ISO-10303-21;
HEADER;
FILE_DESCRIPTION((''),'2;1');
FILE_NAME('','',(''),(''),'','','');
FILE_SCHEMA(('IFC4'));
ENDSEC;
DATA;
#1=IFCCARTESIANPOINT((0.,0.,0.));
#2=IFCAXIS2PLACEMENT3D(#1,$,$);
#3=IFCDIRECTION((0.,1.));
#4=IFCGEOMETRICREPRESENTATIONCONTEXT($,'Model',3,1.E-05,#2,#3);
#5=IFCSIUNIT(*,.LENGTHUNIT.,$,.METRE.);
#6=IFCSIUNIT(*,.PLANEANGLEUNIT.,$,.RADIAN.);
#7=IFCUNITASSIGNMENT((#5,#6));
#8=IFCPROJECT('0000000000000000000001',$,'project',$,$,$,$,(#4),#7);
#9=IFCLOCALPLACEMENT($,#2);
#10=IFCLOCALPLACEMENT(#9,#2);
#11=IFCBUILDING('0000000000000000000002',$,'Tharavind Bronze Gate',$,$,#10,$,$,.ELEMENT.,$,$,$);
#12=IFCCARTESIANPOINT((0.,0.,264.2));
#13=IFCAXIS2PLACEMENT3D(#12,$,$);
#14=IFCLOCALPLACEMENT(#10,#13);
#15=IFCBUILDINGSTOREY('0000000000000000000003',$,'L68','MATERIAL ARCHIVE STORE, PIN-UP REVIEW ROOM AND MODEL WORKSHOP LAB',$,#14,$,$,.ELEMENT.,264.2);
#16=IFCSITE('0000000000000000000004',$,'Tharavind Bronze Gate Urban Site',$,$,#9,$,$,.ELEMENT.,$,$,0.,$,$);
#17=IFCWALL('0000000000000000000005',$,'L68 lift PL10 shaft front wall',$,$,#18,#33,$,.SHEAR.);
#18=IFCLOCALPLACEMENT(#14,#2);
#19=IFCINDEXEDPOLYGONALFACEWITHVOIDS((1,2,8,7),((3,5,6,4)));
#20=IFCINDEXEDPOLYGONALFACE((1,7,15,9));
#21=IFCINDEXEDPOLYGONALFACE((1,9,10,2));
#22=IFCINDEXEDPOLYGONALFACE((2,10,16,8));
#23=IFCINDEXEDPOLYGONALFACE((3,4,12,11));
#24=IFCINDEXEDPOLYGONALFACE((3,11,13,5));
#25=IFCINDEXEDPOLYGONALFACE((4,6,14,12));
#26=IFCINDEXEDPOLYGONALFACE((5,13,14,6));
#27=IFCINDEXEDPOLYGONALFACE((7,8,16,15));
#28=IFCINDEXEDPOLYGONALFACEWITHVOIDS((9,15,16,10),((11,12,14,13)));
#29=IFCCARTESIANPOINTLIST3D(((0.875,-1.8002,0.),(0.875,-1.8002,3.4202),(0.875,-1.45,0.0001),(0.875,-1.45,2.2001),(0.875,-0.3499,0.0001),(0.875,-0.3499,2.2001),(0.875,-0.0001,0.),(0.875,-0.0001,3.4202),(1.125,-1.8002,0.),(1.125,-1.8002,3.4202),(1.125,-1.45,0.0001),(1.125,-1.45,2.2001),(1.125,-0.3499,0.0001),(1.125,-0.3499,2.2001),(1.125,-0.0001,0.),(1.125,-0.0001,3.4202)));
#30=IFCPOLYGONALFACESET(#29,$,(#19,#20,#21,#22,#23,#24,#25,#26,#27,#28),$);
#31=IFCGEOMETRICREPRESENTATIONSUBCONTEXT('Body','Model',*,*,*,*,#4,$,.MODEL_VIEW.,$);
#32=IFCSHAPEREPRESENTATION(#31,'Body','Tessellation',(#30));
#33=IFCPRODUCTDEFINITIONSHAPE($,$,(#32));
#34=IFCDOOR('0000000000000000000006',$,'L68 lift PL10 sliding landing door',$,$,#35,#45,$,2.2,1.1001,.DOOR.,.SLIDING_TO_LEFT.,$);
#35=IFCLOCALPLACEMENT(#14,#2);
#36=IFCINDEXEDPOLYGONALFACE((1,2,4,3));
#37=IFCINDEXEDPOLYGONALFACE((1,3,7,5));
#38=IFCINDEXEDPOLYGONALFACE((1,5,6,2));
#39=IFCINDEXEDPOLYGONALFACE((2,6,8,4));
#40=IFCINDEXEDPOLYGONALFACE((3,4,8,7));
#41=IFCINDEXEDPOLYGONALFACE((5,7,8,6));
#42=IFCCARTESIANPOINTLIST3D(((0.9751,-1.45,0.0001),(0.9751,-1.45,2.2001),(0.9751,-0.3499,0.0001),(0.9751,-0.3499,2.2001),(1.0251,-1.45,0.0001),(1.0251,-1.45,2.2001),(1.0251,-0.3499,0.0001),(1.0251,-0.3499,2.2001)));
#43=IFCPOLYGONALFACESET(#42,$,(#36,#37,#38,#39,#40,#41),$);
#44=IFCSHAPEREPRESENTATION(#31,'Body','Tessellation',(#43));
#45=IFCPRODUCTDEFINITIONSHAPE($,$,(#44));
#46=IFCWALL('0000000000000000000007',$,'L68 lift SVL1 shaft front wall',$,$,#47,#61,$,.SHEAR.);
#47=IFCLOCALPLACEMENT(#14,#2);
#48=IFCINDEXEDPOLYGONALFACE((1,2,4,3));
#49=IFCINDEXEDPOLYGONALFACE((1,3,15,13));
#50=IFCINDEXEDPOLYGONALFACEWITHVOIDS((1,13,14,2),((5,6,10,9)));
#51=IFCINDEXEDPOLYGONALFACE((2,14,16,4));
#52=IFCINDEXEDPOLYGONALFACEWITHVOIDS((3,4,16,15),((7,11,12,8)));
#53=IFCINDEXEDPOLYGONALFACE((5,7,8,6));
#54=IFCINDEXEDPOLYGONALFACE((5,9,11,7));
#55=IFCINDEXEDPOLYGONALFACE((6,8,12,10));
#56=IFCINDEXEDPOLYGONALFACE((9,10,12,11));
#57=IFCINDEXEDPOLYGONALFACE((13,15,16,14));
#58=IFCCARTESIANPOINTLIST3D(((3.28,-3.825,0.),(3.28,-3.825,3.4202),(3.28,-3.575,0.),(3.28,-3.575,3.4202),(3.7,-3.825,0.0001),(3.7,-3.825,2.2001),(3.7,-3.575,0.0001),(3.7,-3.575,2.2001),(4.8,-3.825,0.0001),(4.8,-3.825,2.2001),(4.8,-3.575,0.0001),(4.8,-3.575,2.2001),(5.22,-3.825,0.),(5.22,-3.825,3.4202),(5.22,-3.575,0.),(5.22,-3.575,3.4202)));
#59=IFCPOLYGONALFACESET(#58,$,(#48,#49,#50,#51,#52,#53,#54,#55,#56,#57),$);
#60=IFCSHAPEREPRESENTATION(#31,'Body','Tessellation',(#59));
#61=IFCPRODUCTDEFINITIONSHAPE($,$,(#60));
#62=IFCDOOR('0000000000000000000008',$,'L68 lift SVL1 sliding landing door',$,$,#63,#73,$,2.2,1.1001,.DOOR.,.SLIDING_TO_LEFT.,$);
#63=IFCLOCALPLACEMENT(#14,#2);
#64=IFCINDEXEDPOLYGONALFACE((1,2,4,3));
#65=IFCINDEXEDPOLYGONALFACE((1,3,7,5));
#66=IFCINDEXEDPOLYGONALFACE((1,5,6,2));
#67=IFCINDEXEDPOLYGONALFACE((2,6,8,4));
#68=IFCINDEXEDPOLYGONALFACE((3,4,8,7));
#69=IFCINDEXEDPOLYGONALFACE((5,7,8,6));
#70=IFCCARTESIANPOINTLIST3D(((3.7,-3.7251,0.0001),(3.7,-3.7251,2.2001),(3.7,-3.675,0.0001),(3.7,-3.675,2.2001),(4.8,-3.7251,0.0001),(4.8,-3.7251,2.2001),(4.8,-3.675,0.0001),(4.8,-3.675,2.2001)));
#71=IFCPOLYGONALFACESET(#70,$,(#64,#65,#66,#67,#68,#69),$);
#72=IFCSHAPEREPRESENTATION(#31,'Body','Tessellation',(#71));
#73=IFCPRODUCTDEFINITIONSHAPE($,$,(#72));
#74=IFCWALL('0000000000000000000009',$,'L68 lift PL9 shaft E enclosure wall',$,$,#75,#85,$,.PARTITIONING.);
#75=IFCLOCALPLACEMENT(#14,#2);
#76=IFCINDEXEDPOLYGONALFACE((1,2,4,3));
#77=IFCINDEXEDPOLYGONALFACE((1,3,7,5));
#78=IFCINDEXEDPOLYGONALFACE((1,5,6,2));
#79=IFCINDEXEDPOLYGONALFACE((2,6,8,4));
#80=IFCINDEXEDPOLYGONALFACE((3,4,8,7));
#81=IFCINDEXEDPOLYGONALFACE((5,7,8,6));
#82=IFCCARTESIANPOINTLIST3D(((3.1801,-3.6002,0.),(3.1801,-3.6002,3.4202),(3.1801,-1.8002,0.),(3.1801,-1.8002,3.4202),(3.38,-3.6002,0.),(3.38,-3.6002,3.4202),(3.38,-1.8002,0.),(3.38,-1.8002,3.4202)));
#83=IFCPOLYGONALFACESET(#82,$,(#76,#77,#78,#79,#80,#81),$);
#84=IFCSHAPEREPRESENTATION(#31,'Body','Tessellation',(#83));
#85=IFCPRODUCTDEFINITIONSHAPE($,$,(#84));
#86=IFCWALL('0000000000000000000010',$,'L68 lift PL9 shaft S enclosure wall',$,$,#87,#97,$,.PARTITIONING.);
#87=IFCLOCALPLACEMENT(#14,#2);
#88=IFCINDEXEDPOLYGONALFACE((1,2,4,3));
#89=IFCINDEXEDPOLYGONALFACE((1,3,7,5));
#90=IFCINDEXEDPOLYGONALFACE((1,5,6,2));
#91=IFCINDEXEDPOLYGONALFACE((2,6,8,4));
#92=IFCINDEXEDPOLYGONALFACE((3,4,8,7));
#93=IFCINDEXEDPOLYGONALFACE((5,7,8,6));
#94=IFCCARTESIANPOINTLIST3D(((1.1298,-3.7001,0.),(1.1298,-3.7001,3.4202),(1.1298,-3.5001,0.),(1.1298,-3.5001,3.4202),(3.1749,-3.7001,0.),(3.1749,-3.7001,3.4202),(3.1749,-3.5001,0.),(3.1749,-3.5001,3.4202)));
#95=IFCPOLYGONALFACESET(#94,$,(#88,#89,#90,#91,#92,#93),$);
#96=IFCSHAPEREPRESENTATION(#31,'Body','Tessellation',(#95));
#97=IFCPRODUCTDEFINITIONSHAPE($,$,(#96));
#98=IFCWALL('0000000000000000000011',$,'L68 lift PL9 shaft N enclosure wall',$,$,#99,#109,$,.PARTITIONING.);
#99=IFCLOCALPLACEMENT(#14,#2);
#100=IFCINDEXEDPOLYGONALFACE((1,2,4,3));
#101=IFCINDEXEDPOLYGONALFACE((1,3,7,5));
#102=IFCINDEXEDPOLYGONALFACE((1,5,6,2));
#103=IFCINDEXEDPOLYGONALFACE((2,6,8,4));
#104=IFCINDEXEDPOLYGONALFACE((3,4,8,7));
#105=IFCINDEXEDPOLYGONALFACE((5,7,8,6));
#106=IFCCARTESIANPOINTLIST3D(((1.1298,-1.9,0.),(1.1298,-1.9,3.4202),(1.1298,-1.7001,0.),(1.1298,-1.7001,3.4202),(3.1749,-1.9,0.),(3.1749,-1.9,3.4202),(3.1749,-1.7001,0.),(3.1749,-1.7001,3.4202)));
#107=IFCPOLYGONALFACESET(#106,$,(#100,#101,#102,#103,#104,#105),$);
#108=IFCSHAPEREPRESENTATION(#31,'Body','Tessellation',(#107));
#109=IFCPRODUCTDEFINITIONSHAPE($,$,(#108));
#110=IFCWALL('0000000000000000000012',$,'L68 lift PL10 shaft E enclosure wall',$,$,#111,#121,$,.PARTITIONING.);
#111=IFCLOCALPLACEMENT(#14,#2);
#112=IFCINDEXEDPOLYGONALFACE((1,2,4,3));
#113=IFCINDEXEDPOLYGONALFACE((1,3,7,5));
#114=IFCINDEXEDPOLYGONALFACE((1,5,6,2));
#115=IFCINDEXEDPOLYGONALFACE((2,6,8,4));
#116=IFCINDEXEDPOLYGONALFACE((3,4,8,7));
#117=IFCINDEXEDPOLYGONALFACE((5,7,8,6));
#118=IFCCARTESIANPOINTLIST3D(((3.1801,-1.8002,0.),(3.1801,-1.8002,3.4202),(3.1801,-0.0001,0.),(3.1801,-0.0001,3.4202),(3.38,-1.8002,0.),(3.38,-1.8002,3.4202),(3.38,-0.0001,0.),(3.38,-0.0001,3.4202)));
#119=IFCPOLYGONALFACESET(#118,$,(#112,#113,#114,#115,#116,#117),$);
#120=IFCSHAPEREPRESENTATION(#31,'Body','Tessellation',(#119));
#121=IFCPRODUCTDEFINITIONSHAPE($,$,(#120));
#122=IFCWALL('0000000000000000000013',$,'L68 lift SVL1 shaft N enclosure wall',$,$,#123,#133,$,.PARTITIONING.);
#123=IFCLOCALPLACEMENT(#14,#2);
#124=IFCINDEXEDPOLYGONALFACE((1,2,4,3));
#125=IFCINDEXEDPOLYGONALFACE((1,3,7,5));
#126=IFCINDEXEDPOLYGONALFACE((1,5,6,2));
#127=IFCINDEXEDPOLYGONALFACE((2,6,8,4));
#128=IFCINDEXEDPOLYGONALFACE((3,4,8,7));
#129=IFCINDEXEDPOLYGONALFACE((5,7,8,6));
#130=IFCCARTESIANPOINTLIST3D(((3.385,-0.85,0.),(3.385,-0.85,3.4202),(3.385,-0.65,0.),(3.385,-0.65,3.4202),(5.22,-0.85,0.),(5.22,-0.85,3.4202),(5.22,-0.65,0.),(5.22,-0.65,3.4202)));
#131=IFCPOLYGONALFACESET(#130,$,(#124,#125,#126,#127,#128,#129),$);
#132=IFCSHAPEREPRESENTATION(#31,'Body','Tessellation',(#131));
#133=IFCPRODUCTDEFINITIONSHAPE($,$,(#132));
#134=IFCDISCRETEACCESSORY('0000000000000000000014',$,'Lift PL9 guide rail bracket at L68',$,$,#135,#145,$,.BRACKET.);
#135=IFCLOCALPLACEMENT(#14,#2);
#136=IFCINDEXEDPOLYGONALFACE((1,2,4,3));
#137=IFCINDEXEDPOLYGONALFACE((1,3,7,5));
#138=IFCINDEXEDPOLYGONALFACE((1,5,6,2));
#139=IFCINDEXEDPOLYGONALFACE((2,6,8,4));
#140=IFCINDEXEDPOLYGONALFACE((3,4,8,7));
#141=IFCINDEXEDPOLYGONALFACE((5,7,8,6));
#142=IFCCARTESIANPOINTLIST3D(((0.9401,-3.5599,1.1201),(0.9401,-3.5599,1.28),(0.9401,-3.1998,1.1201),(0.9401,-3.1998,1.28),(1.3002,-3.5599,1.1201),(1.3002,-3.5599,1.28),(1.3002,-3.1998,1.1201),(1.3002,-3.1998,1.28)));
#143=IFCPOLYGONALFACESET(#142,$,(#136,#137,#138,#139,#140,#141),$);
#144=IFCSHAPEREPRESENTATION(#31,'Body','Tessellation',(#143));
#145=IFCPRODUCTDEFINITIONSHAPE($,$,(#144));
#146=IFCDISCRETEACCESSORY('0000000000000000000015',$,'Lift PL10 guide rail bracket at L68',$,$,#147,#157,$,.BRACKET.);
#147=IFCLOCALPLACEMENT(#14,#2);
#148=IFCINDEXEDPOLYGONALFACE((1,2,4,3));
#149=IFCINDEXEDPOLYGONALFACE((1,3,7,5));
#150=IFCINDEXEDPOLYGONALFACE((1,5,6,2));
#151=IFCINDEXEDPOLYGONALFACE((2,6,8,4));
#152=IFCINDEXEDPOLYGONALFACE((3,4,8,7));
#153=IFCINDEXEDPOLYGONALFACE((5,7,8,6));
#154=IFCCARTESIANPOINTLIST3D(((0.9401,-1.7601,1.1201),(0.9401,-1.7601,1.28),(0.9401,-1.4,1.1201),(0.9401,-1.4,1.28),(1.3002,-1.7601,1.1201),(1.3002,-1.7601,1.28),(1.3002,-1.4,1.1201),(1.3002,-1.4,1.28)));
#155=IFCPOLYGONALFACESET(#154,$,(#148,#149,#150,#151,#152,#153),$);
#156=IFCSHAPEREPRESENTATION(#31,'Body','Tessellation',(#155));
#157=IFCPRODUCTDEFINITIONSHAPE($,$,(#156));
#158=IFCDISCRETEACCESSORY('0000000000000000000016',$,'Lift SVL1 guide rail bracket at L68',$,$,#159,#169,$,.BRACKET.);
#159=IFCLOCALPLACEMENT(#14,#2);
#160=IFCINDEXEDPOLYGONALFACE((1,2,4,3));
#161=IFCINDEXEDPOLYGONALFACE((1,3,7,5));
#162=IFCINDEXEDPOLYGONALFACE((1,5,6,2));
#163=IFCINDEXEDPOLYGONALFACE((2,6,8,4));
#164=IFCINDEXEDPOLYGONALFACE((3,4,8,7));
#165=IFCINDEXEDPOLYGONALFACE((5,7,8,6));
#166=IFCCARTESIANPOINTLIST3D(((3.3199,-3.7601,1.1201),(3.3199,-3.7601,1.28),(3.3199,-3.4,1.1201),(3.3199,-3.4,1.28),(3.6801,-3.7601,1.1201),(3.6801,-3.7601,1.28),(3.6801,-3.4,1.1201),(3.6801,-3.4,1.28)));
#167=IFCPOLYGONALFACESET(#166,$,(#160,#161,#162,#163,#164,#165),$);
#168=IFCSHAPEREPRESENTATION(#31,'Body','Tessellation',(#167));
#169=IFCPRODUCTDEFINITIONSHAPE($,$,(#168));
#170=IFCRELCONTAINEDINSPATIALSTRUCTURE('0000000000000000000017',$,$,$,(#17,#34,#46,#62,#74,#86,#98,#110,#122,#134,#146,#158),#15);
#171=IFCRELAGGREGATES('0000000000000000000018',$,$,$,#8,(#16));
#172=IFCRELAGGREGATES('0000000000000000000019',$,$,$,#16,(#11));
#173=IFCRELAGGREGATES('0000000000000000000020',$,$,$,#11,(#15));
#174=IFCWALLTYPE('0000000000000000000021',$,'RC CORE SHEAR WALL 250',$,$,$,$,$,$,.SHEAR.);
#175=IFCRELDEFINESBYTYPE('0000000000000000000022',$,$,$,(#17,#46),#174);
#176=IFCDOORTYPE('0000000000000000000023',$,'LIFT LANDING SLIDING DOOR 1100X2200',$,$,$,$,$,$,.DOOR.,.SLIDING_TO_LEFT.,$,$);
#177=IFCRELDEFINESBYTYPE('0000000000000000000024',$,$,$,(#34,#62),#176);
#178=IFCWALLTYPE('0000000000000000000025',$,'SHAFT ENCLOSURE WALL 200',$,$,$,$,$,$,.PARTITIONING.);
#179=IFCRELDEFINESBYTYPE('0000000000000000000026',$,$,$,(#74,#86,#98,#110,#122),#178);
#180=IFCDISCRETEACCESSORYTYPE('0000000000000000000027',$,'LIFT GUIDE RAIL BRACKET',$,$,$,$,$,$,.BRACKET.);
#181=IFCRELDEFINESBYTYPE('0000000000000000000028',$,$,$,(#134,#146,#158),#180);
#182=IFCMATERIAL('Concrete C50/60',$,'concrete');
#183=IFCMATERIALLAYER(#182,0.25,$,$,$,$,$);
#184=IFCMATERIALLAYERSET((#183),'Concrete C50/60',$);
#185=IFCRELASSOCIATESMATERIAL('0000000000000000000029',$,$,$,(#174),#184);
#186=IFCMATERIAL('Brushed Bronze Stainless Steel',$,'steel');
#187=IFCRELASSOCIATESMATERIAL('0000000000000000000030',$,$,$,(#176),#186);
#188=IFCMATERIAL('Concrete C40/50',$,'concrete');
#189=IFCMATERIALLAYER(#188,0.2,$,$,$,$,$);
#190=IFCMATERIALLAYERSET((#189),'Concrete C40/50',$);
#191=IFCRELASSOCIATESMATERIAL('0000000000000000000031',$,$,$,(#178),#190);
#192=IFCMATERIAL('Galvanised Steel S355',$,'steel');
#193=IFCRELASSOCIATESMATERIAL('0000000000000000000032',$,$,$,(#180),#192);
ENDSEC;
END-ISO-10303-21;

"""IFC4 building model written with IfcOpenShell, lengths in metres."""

from ifc_helpers import new_model, si_unit, direction, frame, frame_2d, origin, origin_2d, place, context, subcontext, project, spatial, rectangle, extrude, material, layer, layer_set, type_object, element, fill, save


model = new_model("IFC4")

# Units and contexts
model_context = context("Model", 3, precision=1e-05, world=origin(), true_north=direction((0.0, 1.0)))
body_context = subcontext(model_context, "Body", "Model", "MODEL_VIEW")
ifc_project = project(units=[si_unit("LENGTHUNIT", "METRE"), si_unit("PLANEANGLEUNIT", "RADIAN")], contexts=[model_context])

# Site, building, storey
site_placement = place(None, origin())
site = spatial("IfcSite", under=ifc_project, at=site_placement, Name="Tharavind Bronze Gate Urban Site", CompositionType="ELEMENT", RefElevation=0.0)
building_placement = place(site_placement, origin())
building = spatial("IfcBuilding", under=site, at=building_placement, Name="Tharavind Bronze Gate", CompositionType="ELEMENT")
storey_placement = place(building_placement, frame((0.0, 0.0, 264.2)))
storey = spatial("IfcBuildingStorey", under=building, at=storey_placement, Name="L68", Description="MATERIAL ARCHIVE STORE, PIN-UP REVIEW ROOM AND MODEL WORKSHOP LAB", CompositionType="ELEMENT", Elevation=264.2)

# Shared definitions
ifc_material_1 = material(Name="Concrete C50/60", Category="concrete")
ifc_layer_1 = layer(ifc_material_1, 0.25)
ifc_layer_set_1 = layer_set([ifc_layer_1], Name="Concrete C50/60")
wall_type_1 = type_object("IfcWallType", Name="RC CORE SHEAR WALL 250", PredefinedType="SHEAR", material=ifc_layer_set_1)

# Walls, openings, doors
ifc_material_2 = material(Name="Brushed Bronze Stainless Steel", Category="steel")
door_type = type_object("IfcDoorType", Name="LIFT LANDING SLIDING DOOR 1100X2200", OperationType="SLIDING_TO_LEFT", PredefinedType="DOOR", material=ifc_material_2)
wall_1_placement = place(storey_placement, frame((1.0, -1.8, 0.0), z_axis=(0.0, 0.0, 1.0), x_axis=(0.0, 1.0, 0.0)))
wall_1 = element("IfcWall", 1, at=wall_1_placement, inside=storey, type_object=wall_type_1, Name="L68 lift PL10 shaft front wall", PredefinedType="SHEAR", context=body_context, shape_type="SweptSolid", body=[
    extrude(rectangle(XDim=1.8, YDim=0.25, at=frame_2d((0.8999, 0.0))), origin(), (0.0, 0.0, 1.0), 3.4202),
])
opening_1_placement = place(wall_1_placement, frame((0.3501, 0.0, 0.0)))
opening_1 = element("IfcOpeningElement", 2, at=opening_1_placement, cuts=wall_1, PredefinedType="OPENING", context=body_context, shape_type="SweptSolid", body=[
    extrude(rectangle(XDim=1.1001, YDim=2.2, at=frame_2d((0.55, 1.1001))), frame((0.0, 0.135, 0.0), z_axis=(0.0, -1.0, 0.0), x_axis=(1.0, 0.0, 0.0)), (0.0, 0.0, 1.0), 0.27),
])
door_1_placement = place(opening_1_placement, origin())
door_1 = element("IfcDoor", 3, at=door_1_placement, inside=storey, type_object=door_type, Name="L68 lift PL10 sliding landing door", OperationType="SLIDING_TO_LEFT", OverallHeight=2.2, OverallWidth=1.1001, PredefinedType="DOOR", context=body_context, shape_type="SweptSolid", body=[
    extrude(rectangle(XDim=1.1001, YDim=2.2, at=frame_2d((0.55, 1.1001))), frame((0.0, 0.0249, 0.0), z_axis=(0.0, -1.0, 0.0), x_axis=(1.0, 0.0, 0.0)), (0.0, 0.0, 1.0), 0.05),
])
fill(opening_1, door_1)
wall_2_placement = place(storey_placement, frame((3.28, -3.7, 0.0), z_axis=(0.0, 0.0, 1.0), x_axis=(1.0, 0.0, 0.0)))
wall_2 = element("IfcWall", 4, at=wall_2_placement, inside=storey, type_object=wall_type_1, Name="L68 lift SVL1 shaft front wall", PredefinedType="SHEAR", context=body_context, shape_type="SweptSolid", body=[
    extrude(rectangle(XDim=1.9399, YDim=0.25, at=frame_2d((0.97, 0.0))), origin(), (0.0, 0.0, 1.0), 3.4202),
])
opening_2_placement = place(wall_2_placement, frame((0.4199, 0.0, 0.0)))
opening_2 = element("IfcOpeningElement", 5, at=opening_2_placement, cuts=wall_2, PredefinedType="OPENING", context=body_context, shape_type="SweptSolid", body=[
    extrude(rectangle(XDim=1.1001, YDim=2.2, at=frame_2d((0.55, 1.1001))), frame((0.0, 0.135, 0.0), z_axis=(0.0, -1.0, 0.0), x_axis=(1.0, 0.0, 0.0)), (0.0, 0.0, 1.0), 0.27),
])
door_2_placement = place(opening_2_placement, origin())
door_2 = element("IfcDoor", 6, at=door_2_placement, inside=storey, type_object=door_type, Name="L68 lift SVL1 sliding landing door", OperationType="SLIDING_TO_LEFT", OverallHeight=2.2, OverallWidth=1.1001, PredefinedType="DOOR", context=body_context, shape_type="SweptSolid", body=[
    extrude(rectangle(XDim=1.1001, YDim=2.2, at=frame_2d((0.55, 1.1001))), frame((0.0, 0.0249, 0.0), z_axis=(0.0, -1.0, 0.0), x_axis=(1.0, 0.0, 0.0)), (0.0, 0.0, 1.0), 0.05),
])
fill(opening_2, door_2)

# Walls
ifc_material_3 = material(Name="Concrete C40/50", Category="concrete")
ifc_layer_2 = layer(ifc_material_3, 0.2)
ifc_layer_set_2 = layer_set([ifc_layer_2], Name="Concrete C40/50")
wall_type_2 = type_object("IfcWallType", Name="SHAFT ENCLOSURE WALL 200", PredefinedType="PARTITIONING", material=ifc_layer_set_2)
wall_3_placement = place(storey_placement, frame((3.28, -3.6001, 0.0), z_axis=(0.0, 0.0, 1.0), x_axis=(0.0, 1.0, 0.0)))
element("IfcWall", 7, at=wall_3_placement, inside=storey, type_object=wall_type_2, Name="L68 lift PL9 shaft E enclosure wall", PredefinedType="PARTITIONING", context=body_context, shape_type="SweptSolid", body=[
    extrude(rectangle(XDim=1.8, YDim=0.2, at=frame_2d((0.8999, 0.0))), origin(), (0.0, 0.0, 1.0), 3.4202),
])
for number, where, z_axis, x_axis, name in (
    (8, (1.1299, -3.6001, 0.0), (0.0, 0.0, 1.0), (1.0, 0.0, 0.0), "L68 lift PL9 shaft S enclosure wall"),
    (9, (1.1299, -1.8, 0.0), (0.0, 0.0, 1.0), (1.0, 0.0, 0.0), "L68 lift PL9 shaft N enclosure wall"),
):
    element("IfcWall", number, at=place(storey_placement, frame(where, z_axis=z_axis, x_axis=x_axis)), inside=storey, type_object=wall_type_2, Name=name, PredefinedType="PARTITIONING", context=body_context, shape_type="SweptSolid", body=[
        extrude(rectangle(XDim=2.0452, YDim=0.2, at=frame_2d((1.0225, 0.0))), origin(), (0.0, 0.0, 1.0), 3.4202),
    ])
wall_4_placement = place(storey_placement, frame((3.28, -1.8, 0.0), z_axis=(0.0, 0.0, 1.0), x_axis=(0.0, 1.0, 0.0)))
element("IfcWall", 10, at=wall_4_placement, inside=storey, type_object=wall_type_2, Name="L68 lift PL10 shaft E enclosure wall", PredefinedType="PARTITIONING", context=body_context, shape_type="SweptSolid", body=[
    extrude(rectangle(XDim=1.8, YDim=0.2, at=frame_2d((0.8999, 0.0))), origin(), (0.0, 0.0, 1.0), 3.4202),
])
wall_5_placement = place(storey_placement, frame((3.385, -0.75, 0.0), z_axis=(0.0, 0.0, 1.0), x_axis=(1.0, 0.0, 0.0)))
element("IfcWall", 11, at=wall_5_placement, inside=storey, type_object=wall_type_2, Name="L68 lift SVL1 shaft N enclosure wall", PredefinedType="PARTITIONING", context=body_context, shape_type="SweptSolid", body=[
    extrude(rectangle(XDim=1.835, YDim=0.2, at=frame_2d((0.9175, 0.0))), origin(), (0.0, 0.0, 1.0), 3.4202),
])

# Discrete accessories
ifc_material_4 = material(Name="Galvanised Steel S355", Category="steel")
discrete_accessory_type = type_object("IfcDiscreteAccessoryType", Name="LIFT GUIDE RAIL BRACKET", PredefinedType="BRACKET", material=ifc_material_4)
for number, where, z_axis, x_axis, name in (
    (12, (1.1201, -3.3799, 1.1201), (0.0, 0.0, 1.0), (1.0, 0.0, 0.0), "Lift PL9 guide rail bracket at L68"),
    (13, (1.1201, -1.5801, 1.1201), (0.0, 0.0, 1.0), (1.0, 0.0, 0.0), "Lift PL10 guide rail bracket at L68"),
    (14, (3.5, -3.5801, 1.1201), (0.0, 0.0, 1.0), (1.0, 0.0, 0.0), "Lift SVL1 guide rail bracket at L68"),
):
    element("IfcDiscreteAccessory", number, at=place(storey_placement, frame(where, z_axis=z_axis, x_axis=x_axis)), inside=storey, type_object=discrete_accessory_type, Name=name, PredefinedType="BRACKET", context=body_context, shape_type="SweptSolid", body=[
        extrude(rectangle(XDim=0.3601, YDim=0.3601, at=origin_2d()), origin(), (0.0, 0.0, 1.0), 0.1599),
    ])

save(model, "model.ifc")
